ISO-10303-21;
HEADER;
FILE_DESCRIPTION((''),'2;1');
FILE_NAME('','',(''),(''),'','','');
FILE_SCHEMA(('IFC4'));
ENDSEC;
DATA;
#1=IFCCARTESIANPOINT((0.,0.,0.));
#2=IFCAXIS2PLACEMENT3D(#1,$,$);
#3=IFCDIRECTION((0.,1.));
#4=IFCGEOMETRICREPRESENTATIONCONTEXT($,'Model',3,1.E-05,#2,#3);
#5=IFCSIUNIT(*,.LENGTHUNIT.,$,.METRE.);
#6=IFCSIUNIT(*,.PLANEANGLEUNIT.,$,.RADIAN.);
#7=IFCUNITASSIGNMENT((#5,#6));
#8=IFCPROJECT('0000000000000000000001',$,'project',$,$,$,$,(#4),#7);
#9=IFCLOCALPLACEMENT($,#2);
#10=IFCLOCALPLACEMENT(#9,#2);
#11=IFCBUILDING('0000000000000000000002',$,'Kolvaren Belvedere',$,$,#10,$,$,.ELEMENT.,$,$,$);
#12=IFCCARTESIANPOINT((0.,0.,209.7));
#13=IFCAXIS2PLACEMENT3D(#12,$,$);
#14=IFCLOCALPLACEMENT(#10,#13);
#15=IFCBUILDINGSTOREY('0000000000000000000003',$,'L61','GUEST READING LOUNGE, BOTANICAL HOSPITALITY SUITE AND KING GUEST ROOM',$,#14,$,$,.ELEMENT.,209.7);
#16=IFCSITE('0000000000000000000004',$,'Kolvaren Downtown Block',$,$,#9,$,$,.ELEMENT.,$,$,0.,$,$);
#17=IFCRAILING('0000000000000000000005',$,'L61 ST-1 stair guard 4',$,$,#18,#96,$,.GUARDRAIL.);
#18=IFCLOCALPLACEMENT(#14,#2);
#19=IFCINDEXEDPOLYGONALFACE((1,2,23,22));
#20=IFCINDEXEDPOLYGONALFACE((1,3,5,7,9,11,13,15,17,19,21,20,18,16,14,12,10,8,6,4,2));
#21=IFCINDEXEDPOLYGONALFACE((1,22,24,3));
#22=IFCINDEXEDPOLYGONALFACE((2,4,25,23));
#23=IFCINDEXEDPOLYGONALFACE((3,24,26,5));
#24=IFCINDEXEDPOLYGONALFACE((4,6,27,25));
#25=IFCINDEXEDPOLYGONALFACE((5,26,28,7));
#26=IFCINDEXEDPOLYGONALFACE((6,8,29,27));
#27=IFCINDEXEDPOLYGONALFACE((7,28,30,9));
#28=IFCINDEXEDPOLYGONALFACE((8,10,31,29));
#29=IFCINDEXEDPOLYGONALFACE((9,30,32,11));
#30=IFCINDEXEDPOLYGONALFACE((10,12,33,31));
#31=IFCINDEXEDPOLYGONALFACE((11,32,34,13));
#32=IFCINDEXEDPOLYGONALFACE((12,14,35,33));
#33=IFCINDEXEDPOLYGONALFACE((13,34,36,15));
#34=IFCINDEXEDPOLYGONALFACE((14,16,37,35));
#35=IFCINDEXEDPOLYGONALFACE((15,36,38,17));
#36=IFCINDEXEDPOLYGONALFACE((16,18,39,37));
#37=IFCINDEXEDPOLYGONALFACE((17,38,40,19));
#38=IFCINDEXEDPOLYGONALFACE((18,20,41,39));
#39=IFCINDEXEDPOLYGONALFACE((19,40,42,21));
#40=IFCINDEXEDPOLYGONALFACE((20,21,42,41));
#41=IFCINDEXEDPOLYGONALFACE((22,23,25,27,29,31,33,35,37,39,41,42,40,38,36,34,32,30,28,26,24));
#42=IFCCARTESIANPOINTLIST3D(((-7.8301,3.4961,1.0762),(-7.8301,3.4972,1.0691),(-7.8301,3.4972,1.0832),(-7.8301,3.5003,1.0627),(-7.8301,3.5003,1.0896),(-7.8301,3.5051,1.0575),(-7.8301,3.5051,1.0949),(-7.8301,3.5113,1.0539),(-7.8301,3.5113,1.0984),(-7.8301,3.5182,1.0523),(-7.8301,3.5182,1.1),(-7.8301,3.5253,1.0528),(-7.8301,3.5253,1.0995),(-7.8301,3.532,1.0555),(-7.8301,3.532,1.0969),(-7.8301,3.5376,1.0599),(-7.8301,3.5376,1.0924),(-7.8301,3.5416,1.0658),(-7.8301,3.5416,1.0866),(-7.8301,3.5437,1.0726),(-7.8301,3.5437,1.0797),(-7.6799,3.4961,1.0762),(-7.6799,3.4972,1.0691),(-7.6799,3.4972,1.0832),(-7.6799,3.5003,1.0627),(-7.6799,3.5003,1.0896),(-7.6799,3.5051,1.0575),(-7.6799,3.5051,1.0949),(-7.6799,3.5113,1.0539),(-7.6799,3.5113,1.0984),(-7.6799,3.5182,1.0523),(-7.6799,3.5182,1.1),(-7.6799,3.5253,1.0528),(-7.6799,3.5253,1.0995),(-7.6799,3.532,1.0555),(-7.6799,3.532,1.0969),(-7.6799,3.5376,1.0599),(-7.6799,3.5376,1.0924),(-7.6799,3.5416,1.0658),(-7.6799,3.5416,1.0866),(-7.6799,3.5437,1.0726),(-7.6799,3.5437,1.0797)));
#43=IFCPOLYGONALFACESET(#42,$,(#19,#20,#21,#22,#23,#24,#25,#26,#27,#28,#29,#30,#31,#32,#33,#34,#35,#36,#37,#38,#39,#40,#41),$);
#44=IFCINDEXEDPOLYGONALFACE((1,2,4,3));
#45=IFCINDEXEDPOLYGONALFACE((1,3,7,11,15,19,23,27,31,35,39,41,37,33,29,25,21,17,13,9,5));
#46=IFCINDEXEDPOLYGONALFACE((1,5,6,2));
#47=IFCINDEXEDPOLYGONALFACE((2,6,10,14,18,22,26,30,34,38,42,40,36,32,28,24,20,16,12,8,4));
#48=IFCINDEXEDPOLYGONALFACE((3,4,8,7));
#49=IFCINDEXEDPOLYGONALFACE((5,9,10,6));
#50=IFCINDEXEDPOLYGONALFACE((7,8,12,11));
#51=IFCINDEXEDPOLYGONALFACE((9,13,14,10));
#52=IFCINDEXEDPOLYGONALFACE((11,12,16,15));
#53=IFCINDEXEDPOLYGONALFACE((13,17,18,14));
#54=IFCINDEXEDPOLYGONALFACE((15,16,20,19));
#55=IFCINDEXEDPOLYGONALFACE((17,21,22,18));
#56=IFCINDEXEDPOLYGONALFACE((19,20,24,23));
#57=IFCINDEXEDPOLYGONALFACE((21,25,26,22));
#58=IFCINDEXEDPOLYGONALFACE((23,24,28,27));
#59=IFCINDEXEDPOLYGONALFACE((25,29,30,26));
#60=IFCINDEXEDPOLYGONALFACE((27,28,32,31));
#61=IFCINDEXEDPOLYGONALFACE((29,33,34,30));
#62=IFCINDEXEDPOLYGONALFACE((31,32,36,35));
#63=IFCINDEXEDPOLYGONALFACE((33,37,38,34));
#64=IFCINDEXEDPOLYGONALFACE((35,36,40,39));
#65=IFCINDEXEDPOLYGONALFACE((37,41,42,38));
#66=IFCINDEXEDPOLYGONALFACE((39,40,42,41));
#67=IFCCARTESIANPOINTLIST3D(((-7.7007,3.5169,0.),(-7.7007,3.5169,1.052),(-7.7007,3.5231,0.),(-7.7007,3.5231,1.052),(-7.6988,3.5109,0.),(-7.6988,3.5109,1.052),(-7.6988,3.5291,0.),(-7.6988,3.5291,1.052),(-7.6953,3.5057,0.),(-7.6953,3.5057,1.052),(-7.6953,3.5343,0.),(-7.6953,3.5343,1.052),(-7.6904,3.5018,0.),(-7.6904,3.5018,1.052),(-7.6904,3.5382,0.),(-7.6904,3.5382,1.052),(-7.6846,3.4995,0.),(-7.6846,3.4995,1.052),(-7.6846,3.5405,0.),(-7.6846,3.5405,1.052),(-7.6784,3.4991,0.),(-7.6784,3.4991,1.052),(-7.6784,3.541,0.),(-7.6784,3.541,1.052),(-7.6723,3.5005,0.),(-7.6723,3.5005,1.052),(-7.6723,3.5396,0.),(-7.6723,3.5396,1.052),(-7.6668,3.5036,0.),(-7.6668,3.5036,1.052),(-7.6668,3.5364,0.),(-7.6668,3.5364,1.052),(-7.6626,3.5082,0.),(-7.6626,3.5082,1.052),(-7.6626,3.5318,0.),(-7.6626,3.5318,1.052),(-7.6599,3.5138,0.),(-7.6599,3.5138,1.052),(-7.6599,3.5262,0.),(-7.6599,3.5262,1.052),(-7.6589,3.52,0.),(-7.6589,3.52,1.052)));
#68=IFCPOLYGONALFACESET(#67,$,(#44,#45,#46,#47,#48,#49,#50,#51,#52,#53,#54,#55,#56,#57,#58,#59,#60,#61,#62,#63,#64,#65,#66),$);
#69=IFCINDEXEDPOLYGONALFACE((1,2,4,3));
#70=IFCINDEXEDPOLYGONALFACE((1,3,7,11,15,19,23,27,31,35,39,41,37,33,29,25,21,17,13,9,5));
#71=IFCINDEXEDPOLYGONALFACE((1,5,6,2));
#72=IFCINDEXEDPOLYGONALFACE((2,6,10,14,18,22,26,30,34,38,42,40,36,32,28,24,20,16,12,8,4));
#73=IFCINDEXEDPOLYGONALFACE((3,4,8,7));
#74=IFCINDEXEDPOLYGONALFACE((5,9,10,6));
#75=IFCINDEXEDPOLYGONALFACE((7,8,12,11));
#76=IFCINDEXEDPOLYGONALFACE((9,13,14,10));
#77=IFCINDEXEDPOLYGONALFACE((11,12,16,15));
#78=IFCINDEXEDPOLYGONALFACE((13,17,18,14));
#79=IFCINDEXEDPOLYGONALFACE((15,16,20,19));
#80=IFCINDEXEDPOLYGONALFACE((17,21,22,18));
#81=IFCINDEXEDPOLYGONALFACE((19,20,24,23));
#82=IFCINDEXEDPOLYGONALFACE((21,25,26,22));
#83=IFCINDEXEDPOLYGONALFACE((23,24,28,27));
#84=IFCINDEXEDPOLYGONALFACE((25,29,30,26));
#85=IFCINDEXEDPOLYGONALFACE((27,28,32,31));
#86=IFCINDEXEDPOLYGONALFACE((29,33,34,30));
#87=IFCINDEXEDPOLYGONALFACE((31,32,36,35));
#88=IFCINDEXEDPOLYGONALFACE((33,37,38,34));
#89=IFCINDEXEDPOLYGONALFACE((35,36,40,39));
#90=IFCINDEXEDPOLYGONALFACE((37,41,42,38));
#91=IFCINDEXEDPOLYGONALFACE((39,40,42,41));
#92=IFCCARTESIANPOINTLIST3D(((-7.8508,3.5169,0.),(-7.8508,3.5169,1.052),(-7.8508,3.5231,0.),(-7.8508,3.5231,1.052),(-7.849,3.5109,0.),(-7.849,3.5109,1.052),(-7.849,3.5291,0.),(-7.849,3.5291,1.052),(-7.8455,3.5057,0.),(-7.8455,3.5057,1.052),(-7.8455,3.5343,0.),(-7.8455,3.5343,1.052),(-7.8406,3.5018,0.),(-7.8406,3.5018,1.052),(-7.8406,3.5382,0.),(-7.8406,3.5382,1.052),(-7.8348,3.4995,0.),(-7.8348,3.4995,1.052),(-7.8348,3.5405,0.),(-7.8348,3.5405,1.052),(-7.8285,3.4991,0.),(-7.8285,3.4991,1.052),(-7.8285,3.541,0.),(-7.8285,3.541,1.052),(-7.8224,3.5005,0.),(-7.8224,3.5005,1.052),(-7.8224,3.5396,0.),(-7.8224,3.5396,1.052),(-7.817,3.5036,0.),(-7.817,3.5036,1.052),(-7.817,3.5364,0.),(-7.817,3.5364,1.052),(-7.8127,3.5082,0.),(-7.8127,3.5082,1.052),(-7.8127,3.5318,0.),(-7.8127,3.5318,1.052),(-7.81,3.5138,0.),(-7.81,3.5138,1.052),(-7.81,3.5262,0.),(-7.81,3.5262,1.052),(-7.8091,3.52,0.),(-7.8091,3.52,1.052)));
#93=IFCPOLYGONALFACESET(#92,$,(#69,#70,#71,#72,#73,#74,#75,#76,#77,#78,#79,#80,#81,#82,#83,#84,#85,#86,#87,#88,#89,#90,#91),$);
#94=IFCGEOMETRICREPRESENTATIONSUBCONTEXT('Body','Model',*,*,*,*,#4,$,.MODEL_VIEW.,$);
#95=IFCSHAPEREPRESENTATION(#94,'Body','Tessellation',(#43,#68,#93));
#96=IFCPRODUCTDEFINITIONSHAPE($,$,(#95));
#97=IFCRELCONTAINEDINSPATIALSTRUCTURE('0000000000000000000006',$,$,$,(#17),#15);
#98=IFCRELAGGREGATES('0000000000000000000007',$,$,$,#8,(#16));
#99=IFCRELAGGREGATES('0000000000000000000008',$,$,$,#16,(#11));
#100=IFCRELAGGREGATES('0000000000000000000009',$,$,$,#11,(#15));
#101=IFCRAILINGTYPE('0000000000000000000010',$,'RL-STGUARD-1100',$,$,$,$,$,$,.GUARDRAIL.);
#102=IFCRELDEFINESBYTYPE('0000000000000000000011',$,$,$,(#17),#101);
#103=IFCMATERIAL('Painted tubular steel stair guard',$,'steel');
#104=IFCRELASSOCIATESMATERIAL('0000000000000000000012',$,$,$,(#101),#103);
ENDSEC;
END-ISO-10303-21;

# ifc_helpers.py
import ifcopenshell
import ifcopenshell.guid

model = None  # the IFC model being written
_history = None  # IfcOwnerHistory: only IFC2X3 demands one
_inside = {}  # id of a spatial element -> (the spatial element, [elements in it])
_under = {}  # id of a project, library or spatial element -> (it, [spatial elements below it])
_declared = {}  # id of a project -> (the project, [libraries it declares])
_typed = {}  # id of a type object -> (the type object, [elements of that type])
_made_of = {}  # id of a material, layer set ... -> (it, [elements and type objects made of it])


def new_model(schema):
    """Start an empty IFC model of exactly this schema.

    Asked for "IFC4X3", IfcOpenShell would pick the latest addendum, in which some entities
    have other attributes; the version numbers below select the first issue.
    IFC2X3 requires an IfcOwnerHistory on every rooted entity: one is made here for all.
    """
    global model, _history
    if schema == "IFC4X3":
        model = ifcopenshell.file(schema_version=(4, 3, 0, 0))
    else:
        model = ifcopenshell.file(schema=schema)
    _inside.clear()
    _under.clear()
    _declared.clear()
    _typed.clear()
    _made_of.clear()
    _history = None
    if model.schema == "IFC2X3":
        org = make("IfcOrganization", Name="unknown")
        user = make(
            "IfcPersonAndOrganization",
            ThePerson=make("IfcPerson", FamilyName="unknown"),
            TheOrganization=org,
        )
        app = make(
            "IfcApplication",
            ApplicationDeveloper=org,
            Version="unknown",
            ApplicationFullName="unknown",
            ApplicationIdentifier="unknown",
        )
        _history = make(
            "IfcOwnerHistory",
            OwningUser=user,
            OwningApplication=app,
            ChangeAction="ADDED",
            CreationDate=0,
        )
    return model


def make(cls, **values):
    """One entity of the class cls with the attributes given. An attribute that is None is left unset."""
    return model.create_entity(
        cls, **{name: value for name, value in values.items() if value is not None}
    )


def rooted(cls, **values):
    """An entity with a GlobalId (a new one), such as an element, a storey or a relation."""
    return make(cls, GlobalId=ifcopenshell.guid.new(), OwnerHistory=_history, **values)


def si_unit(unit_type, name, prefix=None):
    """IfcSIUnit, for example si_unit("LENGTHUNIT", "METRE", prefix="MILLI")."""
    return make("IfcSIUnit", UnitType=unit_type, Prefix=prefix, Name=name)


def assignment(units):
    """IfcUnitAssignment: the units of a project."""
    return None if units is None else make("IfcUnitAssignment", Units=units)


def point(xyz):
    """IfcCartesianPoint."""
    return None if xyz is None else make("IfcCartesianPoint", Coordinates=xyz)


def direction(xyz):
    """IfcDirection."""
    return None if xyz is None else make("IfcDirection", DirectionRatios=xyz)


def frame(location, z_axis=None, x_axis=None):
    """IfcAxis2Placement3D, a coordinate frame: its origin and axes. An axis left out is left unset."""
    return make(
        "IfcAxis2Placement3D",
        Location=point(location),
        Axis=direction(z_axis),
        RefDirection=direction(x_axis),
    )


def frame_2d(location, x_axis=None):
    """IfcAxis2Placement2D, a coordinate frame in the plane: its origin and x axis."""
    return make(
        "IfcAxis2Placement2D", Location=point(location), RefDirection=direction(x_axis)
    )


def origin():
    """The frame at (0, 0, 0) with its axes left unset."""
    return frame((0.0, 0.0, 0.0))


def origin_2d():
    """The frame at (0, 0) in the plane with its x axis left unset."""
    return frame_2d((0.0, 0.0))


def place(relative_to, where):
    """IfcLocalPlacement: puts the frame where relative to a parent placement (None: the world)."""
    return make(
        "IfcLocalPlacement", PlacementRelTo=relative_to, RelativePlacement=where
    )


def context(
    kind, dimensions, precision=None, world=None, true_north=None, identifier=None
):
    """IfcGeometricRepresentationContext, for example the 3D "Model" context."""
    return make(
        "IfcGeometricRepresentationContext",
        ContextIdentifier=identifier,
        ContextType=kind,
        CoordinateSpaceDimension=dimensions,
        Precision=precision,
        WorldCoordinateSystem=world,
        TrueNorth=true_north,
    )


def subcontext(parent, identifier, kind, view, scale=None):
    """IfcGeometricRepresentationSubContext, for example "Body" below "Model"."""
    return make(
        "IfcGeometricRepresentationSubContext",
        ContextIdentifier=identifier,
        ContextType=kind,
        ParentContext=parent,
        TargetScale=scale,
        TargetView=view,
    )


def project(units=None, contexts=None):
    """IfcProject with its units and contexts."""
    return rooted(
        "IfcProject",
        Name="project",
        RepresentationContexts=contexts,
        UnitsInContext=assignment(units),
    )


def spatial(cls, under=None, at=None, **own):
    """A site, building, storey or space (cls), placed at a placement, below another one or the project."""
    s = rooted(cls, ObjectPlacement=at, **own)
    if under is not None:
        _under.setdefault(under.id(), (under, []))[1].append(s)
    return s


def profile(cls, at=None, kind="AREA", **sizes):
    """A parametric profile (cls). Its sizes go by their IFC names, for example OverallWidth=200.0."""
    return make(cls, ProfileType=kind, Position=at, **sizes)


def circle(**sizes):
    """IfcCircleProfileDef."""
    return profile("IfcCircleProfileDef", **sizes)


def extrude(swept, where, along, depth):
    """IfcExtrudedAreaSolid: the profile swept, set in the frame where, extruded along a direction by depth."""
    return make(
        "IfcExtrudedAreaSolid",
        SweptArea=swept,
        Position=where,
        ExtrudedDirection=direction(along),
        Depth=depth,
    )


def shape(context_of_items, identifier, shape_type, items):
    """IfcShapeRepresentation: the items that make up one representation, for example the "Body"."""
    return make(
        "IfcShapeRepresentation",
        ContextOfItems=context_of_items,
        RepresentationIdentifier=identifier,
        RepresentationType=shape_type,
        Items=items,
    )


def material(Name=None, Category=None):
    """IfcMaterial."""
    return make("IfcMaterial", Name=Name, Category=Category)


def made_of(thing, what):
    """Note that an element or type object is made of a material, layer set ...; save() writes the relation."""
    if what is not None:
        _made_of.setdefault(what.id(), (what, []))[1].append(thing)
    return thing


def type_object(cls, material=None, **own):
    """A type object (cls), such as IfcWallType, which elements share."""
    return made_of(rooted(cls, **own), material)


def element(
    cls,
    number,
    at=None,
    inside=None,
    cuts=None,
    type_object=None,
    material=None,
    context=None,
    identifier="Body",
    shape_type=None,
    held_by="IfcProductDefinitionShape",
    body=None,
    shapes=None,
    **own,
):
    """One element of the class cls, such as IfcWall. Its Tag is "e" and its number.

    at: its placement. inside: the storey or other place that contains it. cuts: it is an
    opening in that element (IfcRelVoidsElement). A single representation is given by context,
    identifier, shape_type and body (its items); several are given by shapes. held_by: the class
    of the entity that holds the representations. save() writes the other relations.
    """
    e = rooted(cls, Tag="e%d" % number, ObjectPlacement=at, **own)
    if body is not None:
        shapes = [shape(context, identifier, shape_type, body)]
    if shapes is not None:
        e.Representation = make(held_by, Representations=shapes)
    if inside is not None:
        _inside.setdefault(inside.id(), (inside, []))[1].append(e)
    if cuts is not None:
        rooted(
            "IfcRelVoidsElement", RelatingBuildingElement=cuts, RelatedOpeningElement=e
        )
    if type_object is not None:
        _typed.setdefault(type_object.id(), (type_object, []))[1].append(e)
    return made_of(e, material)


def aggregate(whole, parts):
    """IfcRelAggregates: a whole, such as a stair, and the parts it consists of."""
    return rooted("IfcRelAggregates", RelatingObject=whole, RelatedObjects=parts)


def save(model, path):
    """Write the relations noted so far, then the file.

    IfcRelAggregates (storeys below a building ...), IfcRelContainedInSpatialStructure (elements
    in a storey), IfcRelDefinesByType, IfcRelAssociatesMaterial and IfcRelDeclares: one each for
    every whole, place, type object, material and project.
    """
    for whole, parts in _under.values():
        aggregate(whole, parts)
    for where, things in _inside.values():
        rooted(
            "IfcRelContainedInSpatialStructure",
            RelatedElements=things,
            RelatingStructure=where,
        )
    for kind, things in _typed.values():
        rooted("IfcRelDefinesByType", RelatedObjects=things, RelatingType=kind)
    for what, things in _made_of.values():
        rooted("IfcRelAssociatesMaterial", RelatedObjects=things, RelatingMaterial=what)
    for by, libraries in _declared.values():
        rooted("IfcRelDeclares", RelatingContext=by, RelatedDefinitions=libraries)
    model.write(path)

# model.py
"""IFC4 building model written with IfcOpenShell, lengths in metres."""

from ifc_helpers import new_model, si_unit, direction, frame, origin, origin_2d, place, context, subcontext, project, spatial, circle, extrude, material, type_object, element, save


model = new_model("IFC4")

# Units and contexts
model_context = context("Model", 3, precision=1e-05, world=origin(), true_north=direction((0.0, 1.0)))
body_context = subcontext(model_context, "Body", "Model", "MODEL_VIEW")
ifc_project = project(units=[si_unit("LENGTHUNIT", "METRE"), si_unit("PLANEANGLEUNIT", "RADIAN")], contexts=[model_context])

# Site, building, storey
site_placement = place(None, origin())
site = spatial("IfcSite", under=ifc_project, at=site_placement, Name="Kolvaren Downtown Block", CompositionType="ELEMENT", RefElevation=0.0)
building_placement = place(site_placement, origin())
building = spatial("IfcBuilding", under=site, at=building_placement, Name="Kolvaren Belvedere", CompositionType="ELEMENT")
storey_placement = place(building_placement, frame((0.0, 0.0, 209.7)))
storey = spatial("IfcBuildingStorey", under=building, at=storey_placement, Name="L61", Description="GUEST READING LOUNGE, BOTANICAL HOSPITALITY SUITE AND KING GUEST ROOM", CompositionType="ELEMENT", Elevation=209.7)

# Railing
ifc_material_1 = material(Name="Painted tubular steel stair guard", Category="steel")
railing_type_1 = type_object("IfcRailingType", Name="RL-STGUARD-1100", PredefinedType="GUARDRAIL", material=ifc_material_1)
railing_1_placement = place(storey_placement, frame((-7.6799, 3.52, 0.0)))
element("IfcRailing", 1, at=railing_1_placement, inside=storey, type_object=railing_type_1, Name="L61 ST-1 stair guard 4", PredefinedType="GUARDRAIL", context=body_context, shape_type="SweptSolid", body=[
    extrude(circle(Radius=0.0239, at=origin_2d()), frame((0.0, 0.0, 1.0762), z_axis=(-1.0, 0.0, 0.0), x_axis=(0.0, -1.0, 0.0)), (0.0, 0.0, 1.0), 0.1501),
    extrude(circle(Radius=0.021, at=origin_2d()), origin(), (0.0, 0.0, 1.0), 1.052),
    extrude(circle(Radius=0.021, at=origin_2d()), frame((-0.1501, 0.0, 0.0)), (0.0, 0.0, 1.0), 1.052),
])

save(model, "model.ifc")
